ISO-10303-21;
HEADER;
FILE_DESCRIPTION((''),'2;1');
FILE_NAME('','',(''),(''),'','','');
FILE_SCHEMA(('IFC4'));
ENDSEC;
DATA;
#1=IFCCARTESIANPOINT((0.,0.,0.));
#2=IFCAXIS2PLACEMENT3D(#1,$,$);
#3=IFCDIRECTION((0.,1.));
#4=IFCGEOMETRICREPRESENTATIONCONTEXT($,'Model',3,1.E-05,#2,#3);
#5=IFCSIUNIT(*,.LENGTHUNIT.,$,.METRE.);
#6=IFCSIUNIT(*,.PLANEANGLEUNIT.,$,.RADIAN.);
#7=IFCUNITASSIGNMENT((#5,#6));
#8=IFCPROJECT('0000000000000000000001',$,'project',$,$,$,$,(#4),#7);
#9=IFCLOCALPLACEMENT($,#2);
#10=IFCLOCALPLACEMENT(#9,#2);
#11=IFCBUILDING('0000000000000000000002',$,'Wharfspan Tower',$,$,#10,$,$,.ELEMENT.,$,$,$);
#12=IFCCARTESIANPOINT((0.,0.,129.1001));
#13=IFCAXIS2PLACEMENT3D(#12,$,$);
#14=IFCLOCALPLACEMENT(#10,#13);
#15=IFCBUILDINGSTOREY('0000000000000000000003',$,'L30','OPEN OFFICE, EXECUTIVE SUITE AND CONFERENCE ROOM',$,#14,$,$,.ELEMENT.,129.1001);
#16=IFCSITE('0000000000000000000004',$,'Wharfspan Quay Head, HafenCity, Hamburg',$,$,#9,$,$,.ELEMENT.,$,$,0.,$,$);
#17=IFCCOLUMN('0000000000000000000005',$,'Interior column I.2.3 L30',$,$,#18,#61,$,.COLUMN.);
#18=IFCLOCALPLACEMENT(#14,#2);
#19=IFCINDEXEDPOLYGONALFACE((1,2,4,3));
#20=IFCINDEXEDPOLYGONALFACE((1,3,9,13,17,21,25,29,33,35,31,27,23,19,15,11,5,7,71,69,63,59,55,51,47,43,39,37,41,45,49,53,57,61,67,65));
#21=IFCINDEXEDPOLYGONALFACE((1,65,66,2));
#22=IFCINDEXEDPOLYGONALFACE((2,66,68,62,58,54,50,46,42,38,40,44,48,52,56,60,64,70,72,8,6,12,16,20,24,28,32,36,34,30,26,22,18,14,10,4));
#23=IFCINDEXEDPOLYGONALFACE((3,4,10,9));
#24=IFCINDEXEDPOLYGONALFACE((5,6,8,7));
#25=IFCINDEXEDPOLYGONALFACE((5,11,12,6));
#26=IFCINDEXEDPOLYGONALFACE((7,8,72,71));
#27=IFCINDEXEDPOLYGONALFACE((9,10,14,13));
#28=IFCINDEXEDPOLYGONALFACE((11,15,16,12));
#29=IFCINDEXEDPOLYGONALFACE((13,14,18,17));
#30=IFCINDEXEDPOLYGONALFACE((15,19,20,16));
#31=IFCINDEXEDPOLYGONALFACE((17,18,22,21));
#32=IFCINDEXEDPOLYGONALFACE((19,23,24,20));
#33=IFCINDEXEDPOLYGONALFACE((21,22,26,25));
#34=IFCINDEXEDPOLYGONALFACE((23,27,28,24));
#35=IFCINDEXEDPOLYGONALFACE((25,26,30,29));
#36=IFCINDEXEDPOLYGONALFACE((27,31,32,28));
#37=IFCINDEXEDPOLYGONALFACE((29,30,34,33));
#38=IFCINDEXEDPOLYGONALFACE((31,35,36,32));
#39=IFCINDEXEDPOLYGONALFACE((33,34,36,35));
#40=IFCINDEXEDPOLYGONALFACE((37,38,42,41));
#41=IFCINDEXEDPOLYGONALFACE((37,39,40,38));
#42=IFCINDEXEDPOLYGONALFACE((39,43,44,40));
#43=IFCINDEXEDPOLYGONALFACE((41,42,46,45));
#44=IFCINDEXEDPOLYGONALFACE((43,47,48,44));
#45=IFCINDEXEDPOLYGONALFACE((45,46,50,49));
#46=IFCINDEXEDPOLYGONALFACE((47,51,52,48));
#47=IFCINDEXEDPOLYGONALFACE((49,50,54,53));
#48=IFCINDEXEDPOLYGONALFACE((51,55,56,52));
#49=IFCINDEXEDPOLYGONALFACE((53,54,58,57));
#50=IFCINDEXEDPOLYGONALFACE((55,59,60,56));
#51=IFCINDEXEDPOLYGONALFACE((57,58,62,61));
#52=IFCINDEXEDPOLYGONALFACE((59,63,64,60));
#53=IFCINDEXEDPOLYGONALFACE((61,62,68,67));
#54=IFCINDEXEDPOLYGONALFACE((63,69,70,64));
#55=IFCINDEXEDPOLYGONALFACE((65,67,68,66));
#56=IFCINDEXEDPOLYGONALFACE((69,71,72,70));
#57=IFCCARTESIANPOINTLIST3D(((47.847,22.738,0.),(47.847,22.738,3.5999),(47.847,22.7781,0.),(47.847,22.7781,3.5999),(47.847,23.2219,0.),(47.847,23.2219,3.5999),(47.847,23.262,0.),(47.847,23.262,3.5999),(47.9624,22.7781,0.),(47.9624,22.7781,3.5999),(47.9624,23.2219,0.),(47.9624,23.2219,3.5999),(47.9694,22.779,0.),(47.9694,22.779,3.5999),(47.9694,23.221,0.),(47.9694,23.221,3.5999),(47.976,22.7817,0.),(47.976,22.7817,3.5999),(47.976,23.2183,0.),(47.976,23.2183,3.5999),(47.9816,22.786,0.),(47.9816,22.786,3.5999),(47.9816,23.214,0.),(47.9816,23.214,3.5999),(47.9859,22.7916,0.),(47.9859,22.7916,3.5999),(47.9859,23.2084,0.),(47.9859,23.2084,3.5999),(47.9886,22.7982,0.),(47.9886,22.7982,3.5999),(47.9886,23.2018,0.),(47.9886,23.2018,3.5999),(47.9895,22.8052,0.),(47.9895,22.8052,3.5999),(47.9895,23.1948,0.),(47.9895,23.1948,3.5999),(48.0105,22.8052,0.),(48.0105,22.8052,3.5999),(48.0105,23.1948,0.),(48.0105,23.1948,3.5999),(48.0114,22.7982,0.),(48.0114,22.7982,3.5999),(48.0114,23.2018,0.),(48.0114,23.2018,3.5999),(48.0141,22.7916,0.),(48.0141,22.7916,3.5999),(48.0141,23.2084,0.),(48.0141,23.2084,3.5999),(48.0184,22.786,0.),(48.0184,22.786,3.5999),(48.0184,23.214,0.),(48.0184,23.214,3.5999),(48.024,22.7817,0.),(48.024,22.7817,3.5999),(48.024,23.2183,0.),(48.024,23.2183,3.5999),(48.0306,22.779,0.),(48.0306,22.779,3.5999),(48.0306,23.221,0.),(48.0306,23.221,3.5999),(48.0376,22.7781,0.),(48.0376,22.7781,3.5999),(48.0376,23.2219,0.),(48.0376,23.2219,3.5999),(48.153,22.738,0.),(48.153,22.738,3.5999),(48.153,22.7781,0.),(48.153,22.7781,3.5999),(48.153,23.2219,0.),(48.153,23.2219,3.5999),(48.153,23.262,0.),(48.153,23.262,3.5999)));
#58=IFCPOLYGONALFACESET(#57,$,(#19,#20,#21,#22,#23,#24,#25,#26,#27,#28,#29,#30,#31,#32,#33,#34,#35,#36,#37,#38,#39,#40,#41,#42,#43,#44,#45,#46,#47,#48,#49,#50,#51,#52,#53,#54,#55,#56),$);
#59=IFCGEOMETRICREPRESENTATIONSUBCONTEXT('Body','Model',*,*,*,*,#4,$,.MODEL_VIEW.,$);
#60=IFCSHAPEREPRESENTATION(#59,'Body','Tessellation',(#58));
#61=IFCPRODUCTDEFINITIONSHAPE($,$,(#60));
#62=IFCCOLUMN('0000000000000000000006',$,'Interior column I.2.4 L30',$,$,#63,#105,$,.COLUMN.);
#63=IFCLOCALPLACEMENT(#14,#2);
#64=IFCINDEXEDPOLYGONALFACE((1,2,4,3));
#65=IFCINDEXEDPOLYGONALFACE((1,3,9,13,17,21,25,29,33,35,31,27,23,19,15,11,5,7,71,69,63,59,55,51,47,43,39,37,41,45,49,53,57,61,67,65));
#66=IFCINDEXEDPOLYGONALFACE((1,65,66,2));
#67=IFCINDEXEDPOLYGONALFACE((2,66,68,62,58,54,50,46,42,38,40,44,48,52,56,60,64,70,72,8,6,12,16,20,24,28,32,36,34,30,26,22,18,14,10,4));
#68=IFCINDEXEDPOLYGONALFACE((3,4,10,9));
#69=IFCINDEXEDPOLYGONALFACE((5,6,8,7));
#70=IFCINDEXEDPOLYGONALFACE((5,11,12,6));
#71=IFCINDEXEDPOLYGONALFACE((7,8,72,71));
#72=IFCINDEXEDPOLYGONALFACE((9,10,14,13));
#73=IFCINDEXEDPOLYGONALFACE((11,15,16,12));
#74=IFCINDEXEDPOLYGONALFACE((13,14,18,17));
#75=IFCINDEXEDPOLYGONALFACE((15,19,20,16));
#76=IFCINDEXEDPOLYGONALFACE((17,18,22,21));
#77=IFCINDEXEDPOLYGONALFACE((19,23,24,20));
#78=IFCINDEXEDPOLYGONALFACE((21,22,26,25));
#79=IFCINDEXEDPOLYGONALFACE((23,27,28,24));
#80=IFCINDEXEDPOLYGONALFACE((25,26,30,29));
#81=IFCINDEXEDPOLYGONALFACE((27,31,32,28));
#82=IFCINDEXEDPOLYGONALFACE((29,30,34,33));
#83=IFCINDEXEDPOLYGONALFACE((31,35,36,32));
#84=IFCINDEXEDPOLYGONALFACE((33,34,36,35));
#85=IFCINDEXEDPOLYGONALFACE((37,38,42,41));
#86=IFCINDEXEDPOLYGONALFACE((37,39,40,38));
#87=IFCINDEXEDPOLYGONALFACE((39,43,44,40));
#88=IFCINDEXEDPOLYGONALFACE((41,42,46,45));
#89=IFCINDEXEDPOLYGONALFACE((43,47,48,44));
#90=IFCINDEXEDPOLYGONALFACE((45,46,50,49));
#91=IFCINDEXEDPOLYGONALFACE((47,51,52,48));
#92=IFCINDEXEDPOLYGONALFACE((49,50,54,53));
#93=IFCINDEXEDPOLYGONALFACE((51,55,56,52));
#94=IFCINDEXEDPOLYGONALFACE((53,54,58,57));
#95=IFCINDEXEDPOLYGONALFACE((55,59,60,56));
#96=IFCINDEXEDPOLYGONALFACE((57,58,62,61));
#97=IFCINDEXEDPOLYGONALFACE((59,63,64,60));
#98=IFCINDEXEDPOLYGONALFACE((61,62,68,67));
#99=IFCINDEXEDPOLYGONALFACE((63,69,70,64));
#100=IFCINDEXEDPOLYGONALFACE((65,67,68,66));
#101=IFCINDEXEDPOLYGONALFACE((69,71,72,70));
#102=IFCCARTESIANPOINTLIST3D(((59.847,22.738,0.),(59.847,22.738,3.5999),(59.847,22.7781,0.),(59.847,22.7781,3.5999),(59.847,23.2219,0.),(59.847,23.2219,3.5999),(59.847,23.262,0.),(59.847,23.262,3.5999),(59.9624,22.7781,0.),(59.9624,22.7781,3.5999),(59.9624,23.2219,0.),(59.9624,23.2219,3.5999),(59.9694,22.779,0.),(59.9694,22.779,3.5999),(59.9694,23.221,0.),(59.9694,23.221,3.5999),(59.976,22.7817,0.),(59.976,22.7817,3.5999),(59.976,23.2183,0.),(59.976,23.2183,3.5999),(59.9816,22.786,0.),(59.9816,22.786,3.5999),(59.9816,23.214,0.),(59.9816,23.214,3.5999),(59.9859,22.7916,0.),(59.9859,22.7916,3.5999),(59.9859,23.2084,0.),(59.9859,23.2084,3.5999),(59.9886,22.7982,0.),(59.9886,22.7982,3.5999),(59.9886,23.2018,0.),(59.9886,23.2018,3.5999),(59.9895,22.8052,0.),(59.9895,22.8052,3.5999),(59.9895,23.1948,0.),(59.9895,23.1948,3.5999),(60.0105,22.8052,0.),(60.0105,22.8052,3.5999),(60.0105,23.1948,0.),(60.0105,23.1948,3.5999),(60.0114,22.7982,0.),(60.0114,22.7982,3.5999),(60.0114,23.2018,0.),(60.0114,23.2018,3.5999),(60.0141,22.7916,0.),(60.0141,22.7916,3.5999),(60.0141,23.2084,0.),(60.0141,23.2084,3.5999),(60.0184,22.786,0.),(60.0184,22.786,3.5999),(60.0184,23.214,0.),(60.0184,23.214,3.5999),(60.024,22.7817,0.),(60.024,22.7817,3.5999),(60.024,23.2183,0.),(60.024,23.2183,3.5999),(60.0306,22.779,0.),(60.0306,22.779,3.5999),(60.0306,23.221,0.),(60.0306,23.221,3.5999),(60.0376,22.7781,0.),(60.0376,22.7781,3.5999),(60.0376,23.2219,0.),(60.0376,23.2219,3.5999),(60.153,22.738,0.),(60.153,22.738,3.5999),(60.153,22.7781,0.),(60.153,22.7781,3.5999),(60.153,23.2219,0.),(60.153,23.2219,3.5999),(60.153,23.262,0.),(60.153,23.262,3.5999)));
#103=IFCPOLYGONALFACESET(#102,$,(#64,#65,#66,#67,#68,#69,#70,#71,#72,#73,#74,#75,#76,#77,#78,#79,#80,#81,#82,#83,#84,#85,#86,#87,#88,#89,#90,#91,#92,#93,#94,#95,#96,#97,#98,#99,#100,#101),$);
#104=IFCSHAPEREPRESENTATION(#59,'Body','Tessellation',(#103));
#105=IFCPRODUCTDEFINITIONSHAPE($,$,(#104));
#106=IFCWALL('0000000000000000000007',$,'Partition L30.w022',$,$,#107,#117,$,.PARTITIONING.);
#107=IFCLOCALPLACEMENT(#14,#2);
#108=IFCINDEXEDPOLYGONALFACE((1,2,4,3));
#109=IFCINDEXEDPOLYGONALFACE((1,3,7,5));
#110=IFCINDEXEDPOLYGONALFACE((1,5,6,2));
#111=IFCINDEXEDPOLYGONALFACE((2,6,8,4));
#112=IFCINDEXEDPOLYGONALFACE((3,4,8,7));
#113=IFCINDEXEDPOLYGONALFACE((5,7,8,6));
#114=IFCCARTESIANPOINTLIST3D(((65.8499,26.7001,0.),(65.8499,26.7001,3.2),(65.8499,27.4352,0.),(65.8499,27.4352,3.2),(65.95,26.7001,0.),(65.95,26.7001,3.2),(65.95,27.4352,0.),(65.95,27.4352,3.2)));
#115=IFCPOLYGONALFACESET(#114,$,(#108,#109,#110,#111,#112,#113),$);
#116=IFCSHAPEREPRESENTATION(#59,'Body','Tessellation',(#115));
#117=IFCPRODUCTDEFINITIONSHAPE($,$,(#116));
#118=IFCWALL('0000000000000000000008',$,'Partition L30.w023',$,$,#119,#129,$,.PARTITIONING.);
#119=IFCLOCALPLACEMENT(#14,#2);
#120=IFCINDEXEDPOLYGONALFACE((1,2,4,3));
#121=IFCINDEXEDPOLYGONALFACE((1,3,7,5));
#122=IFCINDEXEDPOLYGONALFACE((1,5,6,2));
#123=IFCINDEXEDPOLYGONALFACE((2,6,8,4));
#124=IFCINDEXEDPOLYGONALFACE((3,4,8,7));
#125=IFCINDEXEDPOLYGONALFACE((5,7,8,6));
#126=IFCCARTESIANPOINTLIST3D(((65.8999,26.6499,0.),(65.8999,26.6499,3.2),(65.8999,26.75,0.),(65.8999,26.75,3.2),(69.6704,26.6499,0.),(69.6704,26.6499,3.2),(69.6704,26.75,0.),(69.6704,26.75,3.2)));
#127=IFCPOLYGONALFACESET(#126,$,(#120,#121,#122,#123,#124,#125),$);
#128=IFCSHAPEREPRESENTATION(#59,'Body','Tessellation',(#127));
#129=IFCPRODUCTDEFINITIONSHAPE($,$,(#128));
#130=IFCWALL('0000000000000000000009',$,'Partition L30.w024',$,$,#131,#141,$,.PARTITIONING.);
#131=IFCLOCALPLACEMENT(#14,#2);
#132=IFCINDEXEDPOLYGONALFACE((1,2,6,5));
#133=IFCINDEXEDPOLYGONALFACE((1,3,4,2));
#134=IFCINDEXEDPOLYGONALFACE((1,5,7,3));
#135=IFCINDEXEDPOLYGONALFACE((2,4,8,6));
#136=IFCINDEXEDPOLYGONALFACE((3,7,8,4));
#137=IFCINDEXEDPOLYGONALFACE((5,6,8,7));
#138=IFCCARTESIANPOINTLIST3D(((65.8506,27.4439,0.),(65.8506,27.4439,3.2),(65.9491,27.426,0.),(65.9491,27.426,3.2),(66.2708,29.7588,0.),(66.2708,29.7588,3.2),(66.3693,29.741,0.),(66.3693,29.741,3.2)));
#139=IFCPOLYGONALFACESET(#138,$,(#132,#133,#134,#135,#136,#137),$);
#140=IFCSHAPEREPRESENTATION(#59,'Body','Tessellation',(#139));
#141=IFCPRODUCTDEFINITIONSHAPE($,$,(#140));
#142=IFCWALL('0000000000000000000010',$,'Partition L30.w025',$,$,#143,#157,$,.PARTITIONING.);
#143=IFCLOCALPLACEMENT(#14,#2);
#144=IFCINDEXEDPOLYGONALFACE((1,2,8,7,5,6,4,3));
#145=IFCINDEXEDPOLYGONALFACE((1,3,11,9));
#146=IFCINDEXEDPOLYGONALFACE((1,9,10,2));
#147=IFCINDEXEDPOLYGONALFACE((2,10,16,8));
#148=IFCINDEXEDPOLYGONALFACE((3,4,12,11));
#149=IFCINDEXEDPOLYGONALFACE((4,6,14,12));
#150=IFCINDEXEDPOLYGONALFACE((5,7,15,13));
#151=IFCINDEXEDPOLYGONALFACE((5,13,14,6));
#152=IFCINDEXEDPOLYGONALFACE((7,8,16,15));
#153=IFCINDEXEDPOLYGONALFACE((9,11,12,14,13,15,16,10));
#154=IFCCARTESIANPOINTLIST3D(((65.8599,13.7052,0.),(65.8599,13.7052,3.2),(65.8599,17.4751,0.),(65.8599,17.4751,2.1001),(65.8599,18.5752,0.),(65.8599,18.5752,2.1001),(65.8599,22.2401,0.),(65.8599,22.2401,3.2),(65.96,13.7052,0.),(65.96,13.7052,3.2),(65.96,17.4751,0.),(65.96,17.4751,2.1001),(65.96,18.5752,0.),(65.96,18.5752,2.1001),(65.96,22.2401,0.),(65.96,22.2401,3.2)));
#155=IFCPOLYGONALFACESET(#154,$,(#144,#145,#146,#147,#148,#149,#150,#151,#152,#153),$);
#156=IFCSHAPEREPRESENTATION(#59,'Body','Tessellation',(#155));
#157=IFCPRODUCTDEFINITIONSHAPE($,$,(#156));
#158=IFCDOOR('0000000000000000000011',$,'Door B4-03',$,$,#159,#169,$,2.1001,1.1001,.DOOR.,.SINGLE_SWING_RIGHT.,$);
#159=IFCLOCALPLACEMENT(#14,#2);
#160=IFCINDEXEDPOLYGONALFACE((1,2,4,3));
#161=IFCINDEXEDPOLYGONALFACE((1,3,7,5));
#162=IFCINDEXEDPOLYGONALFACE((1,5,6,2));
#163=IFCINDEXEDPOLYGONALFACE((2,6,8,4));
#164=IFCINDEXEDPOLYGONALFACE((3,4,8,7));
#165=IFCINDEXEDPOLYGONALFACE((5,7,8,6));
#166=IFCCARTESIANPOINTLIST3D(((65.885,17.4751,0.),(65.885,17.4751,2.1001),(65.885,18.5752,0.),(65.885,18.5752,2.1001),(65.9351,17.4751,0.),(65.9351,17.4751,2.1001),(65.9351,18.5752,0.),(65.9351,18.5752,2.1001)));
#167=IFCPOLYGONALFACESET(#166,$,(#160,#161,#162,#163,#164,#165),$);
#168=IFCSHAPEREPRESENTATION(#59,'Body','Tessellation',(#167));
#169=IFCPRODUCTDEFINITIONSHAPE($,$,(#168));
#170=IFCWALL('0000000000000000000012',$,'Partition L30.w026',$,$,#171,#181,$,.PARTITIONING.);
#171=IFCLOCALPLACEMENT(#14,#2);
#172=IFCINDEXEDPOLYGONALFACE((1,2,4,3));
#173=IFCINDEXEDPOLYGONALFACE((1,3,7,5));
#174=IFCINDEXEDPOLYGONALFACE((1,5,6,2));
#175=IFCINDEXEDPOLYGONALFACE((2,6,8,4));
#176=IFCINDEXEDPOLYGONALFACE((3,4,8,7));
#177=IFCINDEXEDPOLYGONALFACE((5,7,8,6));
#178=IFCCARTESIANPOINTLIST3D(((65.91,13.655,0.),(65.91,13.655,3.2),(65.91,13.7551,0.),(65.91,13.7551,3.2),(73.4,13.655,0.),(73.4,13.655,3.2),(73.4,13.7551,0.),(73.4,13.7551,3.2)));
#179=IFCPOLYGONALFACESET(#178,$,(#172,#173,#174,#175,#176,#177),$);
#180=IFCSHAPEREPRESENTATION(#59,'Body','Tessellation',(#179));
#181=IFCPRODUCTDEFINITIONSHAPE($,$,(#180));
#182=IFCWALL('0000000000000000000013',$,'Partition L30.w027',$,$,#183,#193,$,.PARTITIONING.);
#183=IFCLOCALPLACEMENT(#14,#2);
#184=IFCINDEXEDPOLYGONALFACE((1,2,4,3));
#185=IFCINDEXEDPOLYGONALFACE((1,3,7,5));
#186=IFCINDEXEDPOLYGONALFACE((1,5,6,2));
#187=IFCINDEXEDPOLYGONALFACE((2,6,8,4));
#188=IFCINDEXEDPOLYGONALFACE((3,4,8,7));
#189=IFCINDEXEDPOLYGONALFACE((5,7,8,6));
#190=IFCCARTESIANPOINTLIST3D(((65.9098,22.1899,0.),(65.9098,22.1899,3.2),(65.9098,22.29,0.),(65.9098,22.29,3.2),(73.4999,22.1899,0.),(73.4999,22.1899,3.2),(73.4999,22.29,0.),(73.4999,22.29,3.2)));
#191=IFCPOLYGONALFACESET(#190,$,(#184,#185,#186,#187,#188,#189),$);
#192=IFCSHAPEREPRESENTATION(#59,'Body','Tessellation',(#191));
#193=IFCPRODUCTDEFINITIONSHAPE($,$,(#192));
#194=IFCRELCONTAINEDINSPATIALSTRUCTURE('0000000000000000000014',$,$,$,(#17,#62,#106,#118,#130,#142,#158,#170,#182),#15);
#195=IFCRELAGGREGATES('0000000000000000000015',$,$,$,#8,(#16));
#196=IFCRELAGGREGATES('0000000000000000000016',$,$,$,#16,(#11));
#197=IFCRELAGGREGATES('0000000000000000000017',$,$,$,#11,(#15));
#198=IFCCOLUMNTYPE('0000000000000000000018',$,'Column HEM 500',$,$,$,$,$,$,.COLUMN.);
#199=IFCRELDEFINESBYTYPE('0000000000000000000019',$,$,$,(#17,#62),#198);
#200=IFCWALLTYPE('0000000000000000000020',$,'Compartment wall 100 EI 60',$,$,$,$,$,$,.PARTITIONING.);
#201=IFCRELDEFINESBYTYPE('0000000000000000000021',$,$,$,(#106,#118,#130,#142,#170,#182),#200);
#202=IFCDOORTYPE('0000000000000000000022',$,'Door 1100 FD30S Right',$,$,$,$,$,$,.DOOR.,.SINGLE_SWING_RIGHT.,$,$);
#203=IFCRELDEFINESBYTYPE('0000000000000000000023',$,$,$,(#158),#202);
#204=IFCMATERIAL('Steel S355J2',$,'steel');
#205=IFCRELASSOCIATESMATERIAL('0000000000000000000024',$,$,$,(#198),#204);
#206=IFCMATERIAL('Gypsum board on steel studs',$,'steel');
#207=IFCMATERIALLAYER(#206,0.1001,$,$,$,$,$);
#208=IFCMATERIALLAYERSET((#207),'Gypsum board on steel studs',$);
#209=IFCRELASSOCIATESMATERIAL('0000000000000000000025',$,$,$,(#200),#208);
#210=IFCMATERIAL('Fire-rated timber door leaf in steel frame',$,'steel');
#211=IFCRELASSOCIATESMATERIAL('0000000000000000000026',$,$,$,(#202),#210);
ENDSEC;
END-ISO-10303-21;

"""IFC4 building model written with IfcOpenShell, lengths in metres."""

from ifc_helpers import new_model, si_unit, direction, frame, frame_2d, origin, origin_2d, place, context, subcontext, project, spatial, rectangle, i_section, extrude, material, layer, layer_set, material_profile, profile_set, type_object, element, fill, save


model = new_model("IFC4")

# Units and contexts
model_context = context("Model", 3, precision=1e-05, world=origin(), true_north=direction((0.0, 1.0)))
body_context = subcontext(model_context, "Body", "Model", "MODEL_VIEW")
ifc_project = project(units=[si_unit("LENGTHUNIT", "METRE"), si_unit("PLANEANGLEUNIT", "RADIAN")], contexts=[model_context])

# Site, building, storey
site_placement = place(None, origin())
site = spatial("IfcSite", under=ifc_project, at=site_placement, Name="Wharfspan Quay Head, HafenCity, Hamburg", CompositionType="ELEMENT", RefElevation=0.0)
building_placement = place(site_placement, origin())
building = spatial("IfcBuilding", under=site, at=building_placement, Name="Wharfspan Tower", CompositionType="ELEMENT")
storey_placement = place(building_placement, frame((0.0, 0.0, 129.1001)))
storey = spatial("IfcBuildingStorey", under=building, at=storey_placement, Name="L30", Description="OPEN OFFICE, EXECUTIVE SUITE AND CONFERENCE ROOM", CompositionType="ELEMENT", Elevation=129.1001)

# Columns
ifc_material_1 = material(Name="Steel S355J2", Category="steel")
ifc_material_profile = material_profile(ifc_material_1, i_section(OverallWidth=0.3059, OverallDepth=0.5239, WebThickness=0.021, FlangeThickness=0.04, FilletRadius=0.0271, at=origin_2d()))
ifc_profile_set = profile_set([ifc_material_profile], Name="Steel S355J2")
column_type = type_object("IfcColumnType", Name="Column HEM 500", PredefinedType="COLUMN", material=ifc_profile_set)
for number, where, z_axis, x_axis, name in (
    (1, (48.0, 23.0, 0.0), (0.0, 0.0, 1.0), (1.0, 0.0, 0.0), "Interior column I.2.3 L30"),
    (2, (60.0, 23.0, 0.0), (0.0, 0.0, 1.0), (1.0, 0.0, 0.0), "Interior column I.2.4 L30"),
):
    element("IfcColumn", number, at=place(storey_placement, frame(where, z_axis=z_axis, x_axis=x_axis)), inside=storey, type_object=column_type, Name=name, PredefinedType="COLUMN", context=body_context, shape_type="SweptSolid", body=[
        extrude(i_section(OverallWidth=0.3059, OverallDepth=0.5239, WebThickness=0.021, FlangeThickness=0.04, FilletRadius=0.0271, at=origin_2d()), origin(), (0.0, 0.0, 1.0), 3.5999),
    ])

# Walls
ifc_material_2 = material(Name="Gypsum board on steel studs", Category="steel")
ifc_layer_1 = layer(ifc_material_2, 0.1001)
ifc_layer_set_1 = layer_set([ifc_layer_1], Name="Gypsum board on steel studs")
wall_type_1 = type_object("IfcWallType", Name="Compartment wall 100 EI 60", PredefinedType="PARTITIONING", material=ifc_layer_set_1)
wall_1_placement = place(storey_placement, frame((65.8999, 26.7, 0.0), z_axis=(0.0, 0.0, 1.0), x_axis=(0.0, 1.0, 0.0)))
element("IfcWall", 3, at=wall_1_placement, inside=storey, type_object=wall_type_1, Name="Partition L30.w022", PredefinedType="PARTITIONING", context=body_context, shape_type="SweptSolid", body=[
    extrude(rectangle(XDim=0.7351, YDim=0.1001, at=frame_2d((0.3677, 0.0))), origin(), (0.0, 0.0, 1.0), 3.2),
])
wall_2_placement = place(storey_placement, frame((65.8999, 26.7, 0.0), z_axis=(0.0, 0.0, 1.0), x_axis=(1.0, 0.0, 0.0)))
element("IfcWall", 4, at=wall_2_placement, inside=storey, type_object=wall_type_1, Name="Partition L30.w023", PredefinedType="PARTITIONING", context=body_context, shape_type="SweptSolid", body=[
    extrude(rectangle(XDim=3.7705, YDim=0.1001, at=frame_2d((1.8853, 0.0))), origin(), (0.0, 0.0, 1.0), 3.2),
])
wall_3_placement = place(storey_placement, frame((65.8999, 27.4351, 0.0), z_axis=(0.0, 0.0, 1.0), x_axis=(0.178584, 0.983924, 0.0)))
element("IfcWall", 5, at=wall_3_placement, inside=storey, type_object=wall_type_1, Name="Partition L30.w024", PredefinedType="PARTITIONING", context=body_context, shape_type="SweptSolid", body=[
    extrude(rectangle(XDim=2.3528, YDim=0.1001, at=frame_2d((1.1763, 0.0))), origin(), (0.0, 0.0, 1.0), 3.2),
])

# Wall, opening, door
wall_4_placement = place(storey_placement, frame((65.9099, 13.7051, 0.0), z_axis=(0.0, 0.0, 1.0), x_axis=(0.0, 1.0, 0.0)))
wall_4 = element("IfcWall", 6, at=wall_4_placement, inside=storey, type_object=wall_type_1, Name="Partition L30.w025", PredefinedType="PARTITIONING", context=body_context, shape_type="SweptSolid", body=[
    extrude(rectangle(XDim=8.5349, YDim=0.1001, at=frame_2d((4.2676, 0.0))), origin(), (0.0, 0.0, 1.0), 3.2),
])
opening_1_placement = place(wall_4_placement, frame((3.77, 0.0, 0.0)))
opening_1 = element("IfcOpeningElement", 7, at=opening_1_placement, cuts=wall_4, PredefinedType="OPENING", context=body_context, shape_type="SweptSolid", body=[
    extrude(rectangle(XDim=1.1001, YDim=2.1001, at=frame_2d((0.55, 1.05))), frame((0.0, 0.0601, 0.0), z_axis=(0.0, -1.0, 0.0), x_axis=(1.0, 0.0, 0.0)), (0.0, 0.0, 1.0), 0.1201),
])
ifc_material_3 = material(Name="Fire-rated timber door leaf in steel frame", Category="steel")
door_type_1 = type_object("IfcDoorType", Name="Door 1100 FD30S Right", OperationType="SINGLE_SWING_RIGHT", PredefinedType="DOOR", material=ifc_material_3)
door_1_placement = place(opening_1_placement, origin())
door_1 = element("IfcDoor", 8, at=door_1_placement, inside=storey, type_object=door_type_1, Name="Door B4-03", OperationType="SINGLE_SWING_RIGHT", OverallHeight=2.1001, OverallWidth=1.1001, PredefinedType="DOOR", context=body_context, shape_type="SweptSolid", body=[
    extrude(rectangle(XDim=1.1001, YDim=2.1001, at=frame_2d((0.55, 1.05))), frame((0.0, 0.0249, 0.0), z_axis=(0.0, -1.0, 0.0), x_axis=(1.0, 0.0, 0.0)), (0.0, 0.0, 1.0), 0.05),
])
fill(opening_1, door_1)

# Walls
wall_5_placement = place(storey_placement, frame((65.9099, 13.7051, 0.0), z_axis=(0.0, 0.0, 1.0), x_axis=(1.0, 0.0, 0.0)))
element("IfcWall", 9, at=wall_5_placement, inside=storey, type_object=wall_type_1, Name="Partition L30.w026", PredefinedType="PARTITIONING", context=body_context, shape_type="SweptSolid", body=[
    extrude(rectangle(XDim=7.49, YDim=0.1001, at=frame_2d((3.7451, 0.0))), origin(), (0.0, 0.0, 1.0), 3.2),
])
wall_6_placement = place(storey_placement, frame((65.9099, 22.24, 0.0), z_axis=(0.0, 0.0, 1.0), x_axis=(1.0, 0.0, 0.0)))
element("IfcWall", 10, at=wall_6_placement, inside=storey, type_object=wall_type_1, Name="Partition L30.w027", PredefinedType="PARTITIONING", context=body_context, shape_type="SweptSolid", body=[
    extrude(rectangle(XDim=7.5901, YDim=0.1001, at=frame_2d((3.7949, 0.0))), origin(), (0.0, 0.0, 1.0), 3.2),
])

save(model, "model.ifc")
